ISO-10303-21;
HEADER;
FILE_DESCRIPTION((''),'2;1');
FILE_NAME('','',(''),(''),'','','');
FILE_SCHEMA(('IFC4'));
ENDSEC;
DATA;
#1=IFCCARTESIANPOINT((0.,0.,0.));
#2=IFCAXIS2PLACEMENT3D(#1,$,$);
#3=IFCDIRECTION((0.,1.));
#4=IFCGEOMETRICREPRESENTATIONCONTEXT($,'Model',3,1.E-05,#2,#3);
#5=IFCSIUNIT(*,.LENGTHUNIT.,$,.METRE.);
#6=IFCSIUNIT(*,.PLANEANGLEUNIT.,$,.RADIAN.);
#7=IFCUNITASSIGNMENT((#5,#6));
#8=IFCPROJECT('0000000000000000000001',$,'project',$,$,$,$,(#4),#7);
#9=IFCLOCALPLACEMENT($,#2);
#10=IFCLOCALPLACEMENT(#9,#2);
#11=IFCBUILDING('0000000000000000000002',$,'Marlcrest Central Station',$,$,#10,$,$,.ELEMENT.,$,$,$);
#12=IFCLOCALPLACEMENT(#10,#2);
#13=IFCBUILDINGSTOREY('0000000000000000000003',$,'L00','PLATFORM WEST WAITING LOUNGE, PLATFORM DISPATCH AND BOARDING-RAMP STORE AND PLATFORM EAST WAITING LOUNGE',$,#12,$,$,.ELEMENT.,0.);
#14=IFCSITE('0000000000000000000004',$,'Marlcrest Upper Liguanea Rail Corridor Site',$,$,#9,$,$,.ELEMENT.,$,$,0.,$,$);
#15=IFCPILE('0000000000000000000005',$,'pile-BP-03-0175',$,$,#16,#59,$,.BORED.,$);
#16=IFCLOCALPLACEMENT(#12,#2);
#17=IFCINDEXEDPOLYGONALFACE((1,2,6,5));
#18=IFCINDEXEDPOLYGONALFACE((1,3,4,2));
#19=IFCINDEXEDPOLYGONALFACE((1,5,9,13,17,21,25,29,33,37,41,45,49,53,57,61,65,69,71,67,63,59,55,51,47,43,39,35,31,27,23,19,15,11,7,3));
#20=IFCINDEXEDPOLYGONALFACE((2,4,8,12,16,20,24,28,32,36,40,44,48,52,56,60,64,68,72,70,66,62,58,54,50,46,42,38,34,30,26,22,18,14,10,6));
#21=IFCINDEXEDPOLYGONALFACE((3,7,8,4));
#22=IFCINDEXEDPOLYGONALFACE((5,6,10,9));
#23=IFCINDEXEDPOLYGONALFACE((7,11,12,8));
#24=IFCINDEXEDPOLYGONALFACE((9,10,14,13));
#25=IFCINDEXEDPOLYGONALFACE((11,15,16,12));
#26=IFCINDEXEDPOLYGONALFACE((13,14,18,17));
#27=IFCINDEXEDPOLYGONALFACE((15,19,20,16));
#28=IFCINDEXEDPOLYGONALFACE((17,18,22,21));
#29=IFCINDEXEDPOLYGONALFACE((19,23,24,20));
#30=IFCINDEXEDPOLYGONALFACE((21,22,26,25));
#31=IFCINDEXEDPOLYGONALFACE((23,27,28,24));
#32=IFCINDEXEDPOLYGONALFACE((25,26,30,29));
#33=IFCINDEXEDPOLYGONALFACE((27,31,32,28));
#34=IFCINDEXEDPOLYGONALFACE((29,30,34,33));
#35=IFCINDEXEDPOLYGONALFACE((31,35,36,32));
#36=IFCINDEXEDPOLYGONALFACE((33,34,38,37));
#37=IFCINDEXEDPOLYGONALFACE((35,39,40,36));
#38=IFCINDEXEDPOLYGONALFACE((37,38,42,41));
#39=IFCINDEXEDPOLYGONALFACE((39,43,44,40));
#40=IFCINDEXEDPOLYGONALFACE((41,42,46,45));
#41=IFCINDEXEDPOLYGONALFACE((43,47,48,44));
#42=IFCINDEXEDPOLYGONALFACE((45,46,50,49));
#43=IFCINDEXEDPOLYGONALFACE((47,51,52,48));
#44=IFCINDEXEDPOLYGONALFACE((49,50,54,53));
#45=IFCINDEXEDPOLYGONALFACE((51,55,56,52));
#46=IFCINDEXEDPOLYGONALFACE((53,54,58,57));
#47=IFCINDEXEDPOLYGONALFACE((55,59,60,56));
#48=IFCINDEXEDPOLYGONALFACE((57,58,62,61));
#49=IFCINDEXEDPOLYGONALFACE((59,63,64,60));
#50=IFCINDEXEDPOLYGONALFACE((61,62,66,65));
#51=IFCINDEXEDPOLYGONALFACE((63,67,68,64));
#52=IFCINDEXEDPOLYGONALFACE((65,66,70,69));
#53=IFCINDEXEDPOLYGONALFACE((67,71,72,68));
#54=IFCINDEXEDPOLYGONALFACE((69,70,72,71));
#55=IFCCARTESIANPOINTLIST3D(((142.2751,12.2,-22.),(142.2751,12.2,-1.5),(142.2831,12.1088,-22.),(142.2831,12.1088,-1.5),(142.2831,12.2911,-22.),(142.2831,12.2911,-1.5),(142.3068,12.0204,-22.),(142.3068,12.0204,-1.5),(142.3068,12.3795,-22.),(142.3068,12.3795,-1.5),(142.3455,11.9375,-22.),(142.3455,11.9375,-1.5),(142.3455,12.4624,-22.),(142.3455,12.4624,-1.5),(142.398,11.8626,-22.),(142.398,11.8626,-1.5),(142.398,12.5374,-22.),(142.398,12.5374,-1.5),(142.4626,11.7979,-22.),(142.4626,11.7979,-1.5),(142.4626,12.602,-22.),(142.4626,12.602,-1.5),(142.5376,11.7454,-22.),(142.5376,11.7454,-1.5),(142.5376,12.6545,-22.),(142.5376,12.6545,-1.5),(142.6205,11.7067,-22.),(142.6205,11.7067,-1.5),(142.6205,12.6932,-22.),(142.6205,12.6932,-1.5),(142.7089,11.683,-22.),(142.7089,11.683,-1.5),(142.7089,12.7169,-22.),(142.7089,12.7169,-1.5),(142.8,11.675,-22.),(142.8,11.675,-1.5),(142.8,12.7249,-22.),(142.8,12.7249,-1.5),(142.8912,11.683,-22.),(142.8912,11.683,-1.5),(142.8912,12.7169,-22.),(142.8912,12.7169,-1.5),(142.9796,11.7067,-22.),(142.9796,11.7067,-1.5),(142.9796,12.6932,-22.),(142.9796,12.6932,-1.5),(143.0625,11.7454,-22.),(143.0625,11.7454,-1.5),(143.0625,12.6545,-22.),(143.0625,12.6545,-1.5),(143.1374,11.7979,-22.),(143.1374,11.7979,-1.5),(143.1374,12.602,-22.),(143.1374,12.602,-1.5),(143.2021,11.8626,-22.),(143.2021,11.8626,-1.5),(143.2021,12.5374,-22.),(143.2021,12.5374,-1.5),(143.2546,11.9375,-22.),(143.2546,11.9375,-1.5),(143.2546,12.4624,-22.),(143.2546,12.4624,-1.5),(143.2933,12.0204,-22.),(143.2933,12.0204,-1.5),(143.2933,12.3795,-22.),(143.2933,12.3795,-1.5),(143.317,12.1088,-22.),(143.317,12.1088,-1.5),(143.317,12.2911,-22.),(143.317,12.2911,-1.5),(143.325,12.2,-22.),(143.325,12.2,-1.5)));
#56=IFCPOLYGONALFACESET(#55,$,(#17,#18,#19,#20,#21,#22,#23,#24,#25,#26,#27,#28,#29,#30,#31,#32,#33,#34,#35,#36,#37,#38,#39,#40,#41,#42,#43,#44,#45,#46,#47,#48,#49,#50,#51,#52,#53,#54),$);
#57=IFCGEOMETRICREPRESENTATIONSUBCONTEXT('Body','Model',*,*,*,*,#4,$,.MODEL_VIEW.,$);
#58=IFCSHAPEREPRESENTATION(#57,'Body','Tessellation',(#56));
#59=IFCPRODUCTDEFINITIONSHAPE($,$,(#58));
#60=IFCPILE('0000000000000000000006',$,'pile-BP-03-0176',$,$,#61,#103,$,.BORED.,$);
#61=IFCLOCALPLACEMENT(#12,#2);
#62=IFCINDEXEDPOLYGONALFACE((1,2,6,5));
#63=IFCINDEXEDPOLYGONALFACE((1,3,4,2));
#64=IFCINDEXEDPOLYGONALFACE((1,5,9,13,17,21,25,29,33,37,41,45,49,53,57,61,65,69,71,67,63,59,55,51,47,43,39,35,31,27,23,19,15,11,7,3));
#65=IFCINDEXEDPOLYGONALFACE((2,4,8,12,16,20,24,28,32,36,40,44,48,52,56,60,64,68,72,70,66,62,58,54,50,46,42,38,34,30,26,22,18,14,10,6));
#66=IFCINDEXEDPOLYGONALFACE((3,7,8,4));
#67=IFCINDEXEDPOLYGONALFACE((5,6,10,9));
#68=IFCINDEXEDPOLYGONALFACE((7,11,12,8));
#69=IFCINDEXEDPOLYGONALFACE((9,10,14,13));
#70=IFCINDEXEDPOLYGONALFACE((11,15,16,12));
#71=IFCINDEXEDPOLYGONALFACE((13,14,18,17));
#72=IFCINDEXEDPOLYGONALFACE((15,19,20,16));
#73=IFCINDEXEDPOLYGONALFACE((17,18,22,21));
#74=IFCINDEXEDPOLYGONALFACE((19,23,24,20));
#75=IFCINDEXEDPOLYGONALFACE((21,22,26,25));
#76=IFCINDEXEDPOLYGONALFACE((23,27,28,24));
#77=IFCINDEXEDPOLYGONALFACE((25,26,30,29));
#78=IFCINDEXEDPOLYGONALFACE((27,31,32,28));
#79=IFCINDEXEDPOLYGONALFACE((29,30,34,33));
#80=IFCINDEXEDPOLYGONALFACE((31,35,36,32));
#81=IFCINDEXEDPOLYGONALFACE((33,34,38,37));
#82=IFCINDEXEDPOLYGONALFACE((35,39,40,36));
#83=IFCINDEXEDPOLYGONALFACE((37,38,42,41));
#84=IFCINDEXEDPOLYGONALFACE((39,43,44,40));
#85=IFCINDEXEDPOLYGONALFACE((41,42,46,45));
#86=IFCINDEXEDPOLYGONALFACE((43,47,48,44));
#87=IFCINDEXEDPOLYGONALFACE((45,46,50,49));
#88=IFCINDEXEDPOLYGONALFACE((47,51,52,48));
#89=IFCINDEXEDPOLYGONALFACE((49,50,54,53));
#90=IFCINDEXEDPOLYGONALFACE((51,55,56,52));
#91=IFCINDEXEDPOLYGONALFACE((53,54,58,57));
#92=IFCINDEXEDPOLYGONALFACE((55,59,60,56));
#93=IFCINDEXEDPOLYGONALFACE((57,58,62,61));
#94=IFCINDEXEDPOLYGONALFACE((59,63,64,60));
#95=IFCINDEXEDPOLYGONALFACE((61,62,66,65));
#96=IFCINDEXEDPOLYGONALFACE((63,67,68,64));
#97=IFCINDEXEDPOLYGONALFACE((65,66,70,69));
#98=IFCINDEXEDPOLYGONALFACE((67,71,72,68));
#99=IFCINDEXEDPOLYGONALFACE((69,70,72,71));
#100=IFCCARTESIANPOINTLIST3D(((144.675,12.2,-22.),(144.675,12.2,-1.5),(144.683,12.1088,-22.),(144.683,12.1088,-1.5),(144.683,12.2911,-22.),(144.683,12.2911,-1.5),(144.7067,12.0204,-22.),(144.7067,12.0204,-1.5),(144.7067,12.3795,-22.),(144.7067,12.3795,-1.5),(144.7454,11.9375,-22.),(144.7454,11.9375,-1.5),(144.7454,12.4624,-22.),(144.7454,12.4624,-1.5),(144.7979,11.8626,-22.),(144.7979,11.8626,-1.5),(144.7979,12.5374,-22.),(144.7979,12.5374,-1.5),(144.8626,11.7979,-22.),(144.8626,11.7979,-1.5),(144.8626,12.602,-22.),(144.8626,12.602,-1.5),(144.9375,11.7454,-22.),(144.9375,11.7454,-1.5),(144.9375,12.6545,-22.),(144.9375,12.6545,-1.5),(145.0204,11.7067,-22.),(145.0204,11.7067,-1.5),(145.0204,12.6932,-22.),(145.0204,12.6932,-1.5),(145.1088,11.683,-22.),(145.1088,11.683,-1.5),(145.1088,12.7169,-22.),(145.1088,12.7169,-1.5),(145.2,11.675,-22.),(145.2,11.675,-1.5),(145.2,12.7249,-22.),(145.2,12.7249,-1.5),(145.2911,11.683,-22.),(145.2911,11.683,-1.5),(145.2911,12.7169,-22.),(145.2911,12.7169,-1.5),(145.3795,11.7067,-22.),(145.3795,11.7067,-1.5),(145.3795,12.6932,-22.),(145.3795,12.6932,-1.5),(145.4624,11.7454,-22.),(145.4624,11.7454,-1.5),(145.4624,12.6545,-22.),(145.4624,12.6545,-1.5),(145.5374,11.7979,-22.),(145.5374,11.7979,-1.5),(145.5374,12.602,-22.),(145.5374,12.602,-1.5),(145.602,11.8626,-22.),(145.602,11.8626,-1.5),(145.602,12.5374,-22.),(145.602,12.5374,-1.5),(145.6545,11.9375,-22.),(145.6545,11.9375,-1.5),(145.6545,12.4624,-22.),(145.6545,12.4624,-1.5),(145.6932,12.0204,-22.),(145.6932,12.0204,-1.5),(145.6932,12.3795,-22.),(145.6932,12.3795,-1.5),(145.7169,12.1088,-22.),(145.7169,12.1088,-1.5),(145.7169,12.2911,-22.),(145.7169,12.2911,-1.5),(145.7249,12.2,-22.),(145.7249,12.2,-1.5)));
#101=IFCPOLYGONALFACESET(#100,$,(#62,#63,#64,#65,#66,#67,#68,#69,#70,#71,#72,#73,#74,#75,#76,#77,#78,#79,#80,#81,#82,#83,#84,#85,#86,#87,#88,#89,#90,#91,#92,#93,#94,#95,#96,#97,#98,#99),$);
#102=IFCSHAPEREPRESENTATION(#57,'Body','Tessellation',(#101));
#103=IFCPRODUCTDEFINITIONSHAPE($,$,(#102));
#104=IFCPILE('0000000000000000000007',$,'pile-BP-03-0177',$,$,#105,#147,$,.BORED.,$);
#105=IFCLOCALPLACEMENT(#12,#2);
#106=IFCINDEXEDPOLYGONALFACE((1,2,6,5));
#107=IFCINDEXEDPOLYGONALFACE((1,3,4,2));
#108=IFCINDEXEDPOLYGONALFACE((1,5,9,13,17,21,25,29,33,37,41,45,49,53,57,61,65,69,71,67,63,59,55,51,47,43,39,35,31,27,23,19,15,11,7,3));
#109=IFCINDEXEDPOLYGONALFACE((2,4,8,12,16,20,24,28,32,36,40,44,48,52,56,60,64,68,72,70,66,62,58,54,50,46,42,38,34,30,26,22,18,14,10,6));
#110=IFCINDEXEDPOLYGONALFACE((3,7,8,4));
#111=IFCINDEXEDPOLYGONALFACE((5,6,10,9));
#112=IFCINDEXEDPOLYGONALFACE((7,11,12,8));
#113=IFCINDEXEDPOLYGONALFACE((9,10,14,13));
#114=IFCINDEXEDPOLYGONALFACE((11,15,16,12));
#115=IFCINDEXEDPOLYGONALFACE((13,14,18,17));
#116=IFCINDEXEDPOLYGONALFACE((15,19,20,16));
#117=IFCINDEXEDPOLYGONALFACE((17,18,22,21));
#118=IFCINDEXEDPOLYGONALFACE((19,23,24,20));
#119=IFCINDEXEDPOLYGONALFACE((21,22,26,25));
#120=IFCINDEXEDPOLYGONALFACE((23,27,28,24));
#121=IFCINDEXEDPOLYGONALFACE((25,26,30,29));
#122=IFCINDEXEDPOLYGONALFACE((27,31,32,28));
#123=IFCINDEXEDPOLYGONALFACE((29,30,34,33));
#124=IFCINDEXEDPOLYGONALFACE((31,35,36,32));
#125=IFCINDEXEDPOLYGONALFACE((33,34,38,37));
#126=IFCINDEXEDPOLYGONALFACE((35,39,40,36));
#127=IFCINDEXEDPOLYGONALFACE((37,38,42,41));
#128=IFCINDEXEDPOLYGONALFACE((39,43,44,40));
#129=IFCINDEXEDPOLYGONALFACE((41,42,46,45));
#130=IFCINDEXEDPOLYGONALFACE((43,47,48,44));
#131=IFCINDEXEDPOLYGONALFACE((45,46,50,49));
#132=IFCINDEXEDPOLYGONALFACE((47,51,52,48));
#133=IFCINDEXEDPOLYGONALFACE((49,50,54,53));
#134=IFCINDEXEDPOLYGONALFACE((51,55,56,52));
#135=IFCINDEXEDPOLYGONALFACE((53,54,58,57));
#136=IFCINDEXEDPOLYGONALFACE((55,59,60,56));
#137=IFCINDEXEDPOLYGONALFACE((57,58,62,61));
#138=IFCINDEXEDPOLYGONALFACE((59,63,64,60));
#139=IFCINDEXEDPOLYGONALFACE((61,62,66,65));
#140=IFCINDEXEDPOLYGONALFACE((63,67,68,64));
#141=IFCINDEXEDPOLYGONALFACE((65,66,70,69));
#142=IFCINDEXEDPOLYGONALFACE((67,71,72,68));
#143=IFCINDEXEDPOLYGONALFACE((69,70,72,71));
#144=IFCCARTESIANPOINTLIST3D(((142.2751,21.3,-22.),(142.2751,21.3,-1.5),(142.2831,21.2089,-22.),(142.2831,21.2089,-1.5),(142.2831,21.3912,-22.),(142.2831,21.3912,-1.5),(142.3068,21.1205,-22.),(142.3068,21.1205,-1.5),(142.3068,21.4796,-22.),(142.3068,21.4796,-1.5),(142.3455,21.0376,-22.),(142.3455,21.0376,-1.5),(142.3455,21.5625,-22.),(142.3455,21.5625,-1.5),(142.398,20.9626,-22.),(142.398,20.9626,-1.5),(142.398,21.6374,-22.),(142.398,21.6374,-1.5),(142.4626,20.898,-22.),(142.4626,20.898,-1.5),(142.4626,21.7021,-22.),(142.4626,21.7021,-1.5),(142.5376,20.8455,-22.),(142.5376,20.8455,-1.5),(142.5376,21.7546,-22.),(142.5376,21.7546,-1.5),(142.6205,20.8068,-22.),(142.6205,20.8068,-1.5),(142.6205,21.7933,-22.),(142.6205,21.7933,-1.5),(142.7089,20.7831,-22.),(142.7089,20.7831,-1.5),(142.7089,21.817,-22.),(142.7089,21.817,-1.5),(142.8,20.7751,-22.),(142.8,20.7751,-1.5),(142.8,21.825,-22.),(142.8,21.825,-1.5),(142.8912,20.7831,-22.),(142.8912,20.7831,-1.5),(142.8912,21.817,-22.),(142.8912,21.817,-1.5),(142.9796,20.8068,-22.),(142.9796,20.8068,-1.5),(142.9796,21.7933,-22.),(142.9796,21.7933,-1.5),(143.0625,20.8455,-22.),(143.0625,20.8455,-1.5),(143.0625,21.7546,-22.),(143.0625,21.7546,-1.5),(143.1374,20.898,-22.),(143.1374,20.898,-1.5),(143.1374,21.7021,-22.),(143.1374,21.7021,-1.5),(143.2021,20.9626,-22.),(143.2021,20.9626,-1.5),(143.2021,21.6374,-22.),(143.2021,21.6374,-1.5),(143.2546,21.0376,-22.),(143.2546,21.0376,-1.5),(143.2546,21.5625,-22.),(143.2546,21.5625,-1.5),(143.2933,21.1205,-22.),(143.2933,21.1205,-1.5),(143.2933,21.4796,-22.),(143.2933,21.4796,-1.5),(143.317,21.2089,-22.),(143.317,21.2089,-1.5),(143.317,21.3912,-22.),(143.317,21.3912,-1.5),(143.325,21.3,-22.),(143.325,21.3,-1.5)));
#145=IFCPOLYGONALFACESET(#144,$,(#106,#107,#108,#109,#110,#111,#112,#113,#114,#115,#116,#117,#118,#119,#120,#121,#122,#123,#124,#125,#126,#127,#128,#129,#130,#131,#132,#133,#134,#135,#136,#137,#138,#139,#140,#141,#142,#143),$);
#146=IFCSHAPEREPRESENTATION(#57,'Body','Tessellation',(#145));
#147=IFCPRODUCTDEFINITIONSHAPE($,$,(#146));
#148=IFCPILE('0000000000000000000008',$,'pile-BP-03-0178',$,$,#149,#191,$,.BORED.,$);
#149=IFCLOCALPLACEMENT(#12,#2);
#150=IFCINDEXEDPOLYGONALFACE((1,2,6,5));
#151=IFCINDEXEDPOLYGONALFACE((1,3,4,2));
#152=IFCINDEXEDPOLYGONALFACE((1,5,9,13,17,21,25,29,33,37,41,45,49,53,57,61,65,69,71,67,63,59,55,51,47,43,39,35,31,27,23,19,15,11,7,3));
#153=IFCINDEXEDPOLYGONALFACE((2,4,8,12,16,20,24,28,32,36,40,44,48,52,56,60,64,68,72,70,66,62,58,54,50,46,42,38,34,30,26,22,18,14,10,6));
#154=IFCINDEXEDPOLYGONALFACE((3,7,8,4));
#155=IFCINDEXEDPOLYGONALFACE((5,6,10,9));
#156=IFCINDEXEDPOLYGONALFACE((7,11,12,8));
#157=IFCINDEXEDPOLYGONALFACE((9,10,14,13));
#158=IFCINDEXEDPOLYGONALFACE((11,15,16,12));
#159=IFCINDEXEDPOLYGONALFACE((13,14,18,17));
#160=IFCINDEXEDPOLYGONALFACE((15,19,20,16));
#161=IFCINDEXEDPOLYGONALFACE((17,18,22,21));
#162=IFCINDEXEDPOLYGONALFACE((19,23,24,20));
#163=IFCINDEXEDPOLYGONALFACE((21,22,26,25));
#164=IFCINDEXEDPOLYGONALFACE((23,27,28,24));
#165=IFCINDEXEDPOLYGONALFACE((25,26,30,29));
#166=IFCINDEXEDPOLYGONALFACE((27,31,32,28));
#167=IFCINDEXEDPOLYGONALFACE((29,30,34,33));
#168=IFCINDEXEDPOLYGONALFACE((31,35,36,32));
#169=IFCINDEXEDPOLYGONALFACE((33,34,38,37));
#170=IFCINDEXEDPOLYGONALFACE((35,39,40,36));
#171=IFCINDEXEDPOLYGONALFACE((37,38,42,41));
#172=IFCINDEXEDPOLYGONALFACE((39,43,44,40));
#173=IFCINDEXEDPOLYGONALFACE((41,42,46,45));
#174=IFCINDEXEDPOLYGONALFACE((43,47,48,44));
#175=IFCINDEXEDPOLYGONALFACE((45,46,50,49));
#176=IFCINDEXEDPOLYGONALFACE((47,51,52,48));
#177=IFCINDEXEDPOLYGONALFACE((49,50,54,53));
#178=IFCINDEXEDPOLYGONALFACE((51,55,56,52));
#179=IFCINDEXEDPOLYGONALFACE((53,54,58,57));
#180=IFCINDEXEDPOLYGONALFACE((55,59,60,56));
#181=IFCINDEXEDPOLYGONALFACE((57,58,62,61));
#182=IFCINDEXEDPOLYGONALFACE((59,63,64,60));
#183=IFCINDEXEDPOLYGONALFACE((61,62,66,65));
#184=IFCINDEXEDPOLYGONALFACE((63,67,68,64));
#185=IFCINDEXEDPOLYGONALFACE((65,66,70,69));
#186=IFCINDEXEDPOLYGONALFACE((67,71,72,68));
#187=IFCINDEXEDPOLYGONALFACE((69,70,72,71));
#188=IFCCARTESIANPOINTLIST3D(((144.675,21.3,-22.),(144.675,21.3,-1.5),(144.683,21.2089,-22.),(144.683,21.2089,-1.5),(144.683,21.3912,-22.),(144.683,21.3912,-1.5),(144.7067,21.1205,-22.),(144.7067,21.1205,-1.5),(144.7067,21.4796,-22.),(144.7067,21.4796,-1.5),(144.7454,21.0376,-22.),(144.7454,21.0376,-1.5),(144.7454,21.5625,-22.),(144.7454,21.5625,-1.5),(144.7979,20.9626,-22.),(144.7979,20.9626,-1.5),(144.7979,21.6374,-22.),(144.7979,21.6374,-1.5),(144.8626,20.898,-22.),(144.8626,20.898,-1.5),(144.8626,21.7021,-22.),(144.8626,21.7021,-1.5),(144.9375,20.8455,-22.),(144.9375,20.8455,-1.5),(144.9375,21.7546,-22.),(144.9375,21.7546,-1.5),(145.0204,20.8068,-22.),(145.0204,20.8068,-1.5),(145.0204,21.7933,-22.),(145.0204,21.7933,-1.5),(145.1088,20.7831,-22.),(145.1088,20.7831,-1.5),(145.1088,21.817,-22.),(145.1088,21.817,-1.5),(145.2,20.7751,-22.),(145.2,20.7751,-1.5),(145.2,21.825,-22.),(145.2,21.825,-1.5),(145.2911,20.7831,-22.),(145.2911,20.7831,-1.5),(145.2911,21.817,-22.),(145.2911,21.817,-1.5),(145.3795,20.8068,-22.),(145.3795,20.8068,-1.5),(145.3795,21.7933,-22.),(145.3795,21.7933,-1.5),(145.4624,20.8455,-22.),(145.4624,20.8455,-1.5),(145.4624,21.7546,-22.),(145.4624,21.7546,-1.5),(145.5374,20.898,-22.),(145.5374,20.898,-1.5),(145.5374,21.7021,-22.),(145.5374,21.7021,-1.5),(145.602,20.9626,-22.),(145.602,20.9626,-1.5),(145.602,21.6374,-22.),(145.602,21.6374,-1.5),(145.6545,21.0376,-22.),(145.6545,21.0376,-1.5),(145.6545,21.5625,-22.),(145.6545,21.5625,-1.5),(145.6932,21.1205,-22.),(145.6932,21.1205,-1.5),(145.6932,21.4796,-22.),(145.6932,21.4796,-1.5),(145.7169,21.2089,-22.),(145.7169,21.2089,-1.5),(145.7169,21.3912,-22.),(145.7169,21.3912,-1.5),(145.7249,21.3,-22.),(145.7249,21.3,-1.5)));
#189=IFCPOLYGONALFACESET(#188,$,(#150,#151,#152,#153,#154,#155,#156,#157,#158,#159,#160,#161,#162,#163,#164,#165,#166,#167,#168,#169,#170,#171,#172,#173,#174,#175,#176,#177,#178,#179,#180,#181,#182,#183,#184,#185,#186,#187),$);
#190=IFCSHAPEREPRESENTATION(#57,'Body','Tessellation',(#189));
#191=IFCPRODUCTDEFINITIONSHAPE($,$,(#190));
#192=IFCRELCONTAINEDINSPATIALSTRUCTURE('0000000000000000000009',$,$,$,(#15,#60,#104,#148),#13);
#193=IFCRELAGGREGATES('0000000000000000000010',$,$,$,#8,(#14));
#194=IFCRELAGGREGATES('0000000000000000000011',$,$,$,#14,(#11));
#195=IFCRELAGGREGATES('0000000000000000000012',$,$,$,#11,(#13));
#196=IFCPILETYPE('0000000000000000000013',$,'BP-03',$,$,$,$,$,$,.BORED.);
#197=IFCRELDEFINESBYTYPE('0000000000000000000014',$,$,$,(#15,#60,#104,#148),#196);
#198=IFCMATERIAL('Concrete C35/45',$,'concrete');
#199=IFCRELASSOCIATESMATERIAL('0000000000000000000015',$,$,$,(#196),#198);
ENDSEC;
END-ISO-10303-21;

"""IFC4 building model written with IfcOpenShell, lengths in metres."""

from ifc_helpers import new_model, si_unit, direction, frame, origin, origin_2d, place, context, subcontext, project, spatial, circle, extrude, material, material_profile, profile_set, type_object, element, save


model = new_model("IFC4")

# Units and contexts
model_context = context("Model", 3, precision=1e-05, world=origin(), true_north=direction((0.0, 1.0)))
body_context = subcontext(model_context, "Body", "Model", "MODEL_VIEW")
ifc_project = project(units=[si_unit("LENGTHUNIT", "METRE"), si_unit("PLANEANGLEUNIT", "RADIAN")], contexts=[model_context])

# Site, building, storey
site_placement = place(None, origin())
site = spatial("IfcSite", under=ifc_project, at=site_placement, Name="Marlcrest Upper Liguanea Rail Corridor Site", CompositionType="ELEMENT", RefElevation=0.0)
building_placement = place(site_placement, origin())
building = spatial("IfcBuilding", under=site, at=building_placement, Name="Marlcrest Central Station", CompositionType="ELEMENT")
storey_placement = place(building_placement, origin())
storey = spatial("IfcBuildingStorey", under=building, at=storey_placement, Name="L00", Description="PLATFORM WEST WAITING LOUNGE, PLATFORM DISPATCH AND BOARDING-RAMP STORE AND PLATFORM EAST WAITING LOUNGE", CompositionType="ELEMENT", Elevation=0.0)

# Piles
ifc_material_1 = material(Name="Concrete C35/45", Category="concrete")
ifc_material_profile_1 = material_profile(ifc_material_1, circle(Radius=0.5249, at=origin_2d()), Name="PILE D1050")
ifc_profile_set_1 = profile_set([ifc_material_profile_1], Name="Concrete C35/45")
pile_type = type_object("IfcPileType", Name="BP-03", PredefinedType="BORED", material=ifc_profile_set_1)
for number, where, z_axis, x_axis, name in (
    (1, (142.8, 12.2, -1.5), (0.0, 0.0, -1.0), (1.0, 0.0, 0.0), "pile-BP-03-0175"),
    (2, (145.2, 12.2, -1.5), (0.0, 0.0, -1.0), (1.0, 0.0, 0.0), "pile-BP-03-0176"),
    (3, (142.8, 21.3, -1.5), (0.0, 0.0, -1.0), (1.0, 0.0, 0.0), "pile-BP-03-0177"),
    (4, (145.2, 21.3, -1.5), (0.0, 0.0, -1.0), (1.0, 0.0, 0.0), "pile-BP-03-0178"),
):
    element("IfcPile", number, at=place(storey_placement, frame(where, z_axis=z_axis, x_axis=x_axis)), inside=storey, type_object=pile_type, Name=name, PredefinedType="BORED", context=body_context, shape_type="SweptSolid", body=[
        extrude(circle(Radius=0.5249, at=origin_2d()), origin(), (0.0, 0.0, 1.0), 20.5),
    ])

save(model, "model.ifc")
